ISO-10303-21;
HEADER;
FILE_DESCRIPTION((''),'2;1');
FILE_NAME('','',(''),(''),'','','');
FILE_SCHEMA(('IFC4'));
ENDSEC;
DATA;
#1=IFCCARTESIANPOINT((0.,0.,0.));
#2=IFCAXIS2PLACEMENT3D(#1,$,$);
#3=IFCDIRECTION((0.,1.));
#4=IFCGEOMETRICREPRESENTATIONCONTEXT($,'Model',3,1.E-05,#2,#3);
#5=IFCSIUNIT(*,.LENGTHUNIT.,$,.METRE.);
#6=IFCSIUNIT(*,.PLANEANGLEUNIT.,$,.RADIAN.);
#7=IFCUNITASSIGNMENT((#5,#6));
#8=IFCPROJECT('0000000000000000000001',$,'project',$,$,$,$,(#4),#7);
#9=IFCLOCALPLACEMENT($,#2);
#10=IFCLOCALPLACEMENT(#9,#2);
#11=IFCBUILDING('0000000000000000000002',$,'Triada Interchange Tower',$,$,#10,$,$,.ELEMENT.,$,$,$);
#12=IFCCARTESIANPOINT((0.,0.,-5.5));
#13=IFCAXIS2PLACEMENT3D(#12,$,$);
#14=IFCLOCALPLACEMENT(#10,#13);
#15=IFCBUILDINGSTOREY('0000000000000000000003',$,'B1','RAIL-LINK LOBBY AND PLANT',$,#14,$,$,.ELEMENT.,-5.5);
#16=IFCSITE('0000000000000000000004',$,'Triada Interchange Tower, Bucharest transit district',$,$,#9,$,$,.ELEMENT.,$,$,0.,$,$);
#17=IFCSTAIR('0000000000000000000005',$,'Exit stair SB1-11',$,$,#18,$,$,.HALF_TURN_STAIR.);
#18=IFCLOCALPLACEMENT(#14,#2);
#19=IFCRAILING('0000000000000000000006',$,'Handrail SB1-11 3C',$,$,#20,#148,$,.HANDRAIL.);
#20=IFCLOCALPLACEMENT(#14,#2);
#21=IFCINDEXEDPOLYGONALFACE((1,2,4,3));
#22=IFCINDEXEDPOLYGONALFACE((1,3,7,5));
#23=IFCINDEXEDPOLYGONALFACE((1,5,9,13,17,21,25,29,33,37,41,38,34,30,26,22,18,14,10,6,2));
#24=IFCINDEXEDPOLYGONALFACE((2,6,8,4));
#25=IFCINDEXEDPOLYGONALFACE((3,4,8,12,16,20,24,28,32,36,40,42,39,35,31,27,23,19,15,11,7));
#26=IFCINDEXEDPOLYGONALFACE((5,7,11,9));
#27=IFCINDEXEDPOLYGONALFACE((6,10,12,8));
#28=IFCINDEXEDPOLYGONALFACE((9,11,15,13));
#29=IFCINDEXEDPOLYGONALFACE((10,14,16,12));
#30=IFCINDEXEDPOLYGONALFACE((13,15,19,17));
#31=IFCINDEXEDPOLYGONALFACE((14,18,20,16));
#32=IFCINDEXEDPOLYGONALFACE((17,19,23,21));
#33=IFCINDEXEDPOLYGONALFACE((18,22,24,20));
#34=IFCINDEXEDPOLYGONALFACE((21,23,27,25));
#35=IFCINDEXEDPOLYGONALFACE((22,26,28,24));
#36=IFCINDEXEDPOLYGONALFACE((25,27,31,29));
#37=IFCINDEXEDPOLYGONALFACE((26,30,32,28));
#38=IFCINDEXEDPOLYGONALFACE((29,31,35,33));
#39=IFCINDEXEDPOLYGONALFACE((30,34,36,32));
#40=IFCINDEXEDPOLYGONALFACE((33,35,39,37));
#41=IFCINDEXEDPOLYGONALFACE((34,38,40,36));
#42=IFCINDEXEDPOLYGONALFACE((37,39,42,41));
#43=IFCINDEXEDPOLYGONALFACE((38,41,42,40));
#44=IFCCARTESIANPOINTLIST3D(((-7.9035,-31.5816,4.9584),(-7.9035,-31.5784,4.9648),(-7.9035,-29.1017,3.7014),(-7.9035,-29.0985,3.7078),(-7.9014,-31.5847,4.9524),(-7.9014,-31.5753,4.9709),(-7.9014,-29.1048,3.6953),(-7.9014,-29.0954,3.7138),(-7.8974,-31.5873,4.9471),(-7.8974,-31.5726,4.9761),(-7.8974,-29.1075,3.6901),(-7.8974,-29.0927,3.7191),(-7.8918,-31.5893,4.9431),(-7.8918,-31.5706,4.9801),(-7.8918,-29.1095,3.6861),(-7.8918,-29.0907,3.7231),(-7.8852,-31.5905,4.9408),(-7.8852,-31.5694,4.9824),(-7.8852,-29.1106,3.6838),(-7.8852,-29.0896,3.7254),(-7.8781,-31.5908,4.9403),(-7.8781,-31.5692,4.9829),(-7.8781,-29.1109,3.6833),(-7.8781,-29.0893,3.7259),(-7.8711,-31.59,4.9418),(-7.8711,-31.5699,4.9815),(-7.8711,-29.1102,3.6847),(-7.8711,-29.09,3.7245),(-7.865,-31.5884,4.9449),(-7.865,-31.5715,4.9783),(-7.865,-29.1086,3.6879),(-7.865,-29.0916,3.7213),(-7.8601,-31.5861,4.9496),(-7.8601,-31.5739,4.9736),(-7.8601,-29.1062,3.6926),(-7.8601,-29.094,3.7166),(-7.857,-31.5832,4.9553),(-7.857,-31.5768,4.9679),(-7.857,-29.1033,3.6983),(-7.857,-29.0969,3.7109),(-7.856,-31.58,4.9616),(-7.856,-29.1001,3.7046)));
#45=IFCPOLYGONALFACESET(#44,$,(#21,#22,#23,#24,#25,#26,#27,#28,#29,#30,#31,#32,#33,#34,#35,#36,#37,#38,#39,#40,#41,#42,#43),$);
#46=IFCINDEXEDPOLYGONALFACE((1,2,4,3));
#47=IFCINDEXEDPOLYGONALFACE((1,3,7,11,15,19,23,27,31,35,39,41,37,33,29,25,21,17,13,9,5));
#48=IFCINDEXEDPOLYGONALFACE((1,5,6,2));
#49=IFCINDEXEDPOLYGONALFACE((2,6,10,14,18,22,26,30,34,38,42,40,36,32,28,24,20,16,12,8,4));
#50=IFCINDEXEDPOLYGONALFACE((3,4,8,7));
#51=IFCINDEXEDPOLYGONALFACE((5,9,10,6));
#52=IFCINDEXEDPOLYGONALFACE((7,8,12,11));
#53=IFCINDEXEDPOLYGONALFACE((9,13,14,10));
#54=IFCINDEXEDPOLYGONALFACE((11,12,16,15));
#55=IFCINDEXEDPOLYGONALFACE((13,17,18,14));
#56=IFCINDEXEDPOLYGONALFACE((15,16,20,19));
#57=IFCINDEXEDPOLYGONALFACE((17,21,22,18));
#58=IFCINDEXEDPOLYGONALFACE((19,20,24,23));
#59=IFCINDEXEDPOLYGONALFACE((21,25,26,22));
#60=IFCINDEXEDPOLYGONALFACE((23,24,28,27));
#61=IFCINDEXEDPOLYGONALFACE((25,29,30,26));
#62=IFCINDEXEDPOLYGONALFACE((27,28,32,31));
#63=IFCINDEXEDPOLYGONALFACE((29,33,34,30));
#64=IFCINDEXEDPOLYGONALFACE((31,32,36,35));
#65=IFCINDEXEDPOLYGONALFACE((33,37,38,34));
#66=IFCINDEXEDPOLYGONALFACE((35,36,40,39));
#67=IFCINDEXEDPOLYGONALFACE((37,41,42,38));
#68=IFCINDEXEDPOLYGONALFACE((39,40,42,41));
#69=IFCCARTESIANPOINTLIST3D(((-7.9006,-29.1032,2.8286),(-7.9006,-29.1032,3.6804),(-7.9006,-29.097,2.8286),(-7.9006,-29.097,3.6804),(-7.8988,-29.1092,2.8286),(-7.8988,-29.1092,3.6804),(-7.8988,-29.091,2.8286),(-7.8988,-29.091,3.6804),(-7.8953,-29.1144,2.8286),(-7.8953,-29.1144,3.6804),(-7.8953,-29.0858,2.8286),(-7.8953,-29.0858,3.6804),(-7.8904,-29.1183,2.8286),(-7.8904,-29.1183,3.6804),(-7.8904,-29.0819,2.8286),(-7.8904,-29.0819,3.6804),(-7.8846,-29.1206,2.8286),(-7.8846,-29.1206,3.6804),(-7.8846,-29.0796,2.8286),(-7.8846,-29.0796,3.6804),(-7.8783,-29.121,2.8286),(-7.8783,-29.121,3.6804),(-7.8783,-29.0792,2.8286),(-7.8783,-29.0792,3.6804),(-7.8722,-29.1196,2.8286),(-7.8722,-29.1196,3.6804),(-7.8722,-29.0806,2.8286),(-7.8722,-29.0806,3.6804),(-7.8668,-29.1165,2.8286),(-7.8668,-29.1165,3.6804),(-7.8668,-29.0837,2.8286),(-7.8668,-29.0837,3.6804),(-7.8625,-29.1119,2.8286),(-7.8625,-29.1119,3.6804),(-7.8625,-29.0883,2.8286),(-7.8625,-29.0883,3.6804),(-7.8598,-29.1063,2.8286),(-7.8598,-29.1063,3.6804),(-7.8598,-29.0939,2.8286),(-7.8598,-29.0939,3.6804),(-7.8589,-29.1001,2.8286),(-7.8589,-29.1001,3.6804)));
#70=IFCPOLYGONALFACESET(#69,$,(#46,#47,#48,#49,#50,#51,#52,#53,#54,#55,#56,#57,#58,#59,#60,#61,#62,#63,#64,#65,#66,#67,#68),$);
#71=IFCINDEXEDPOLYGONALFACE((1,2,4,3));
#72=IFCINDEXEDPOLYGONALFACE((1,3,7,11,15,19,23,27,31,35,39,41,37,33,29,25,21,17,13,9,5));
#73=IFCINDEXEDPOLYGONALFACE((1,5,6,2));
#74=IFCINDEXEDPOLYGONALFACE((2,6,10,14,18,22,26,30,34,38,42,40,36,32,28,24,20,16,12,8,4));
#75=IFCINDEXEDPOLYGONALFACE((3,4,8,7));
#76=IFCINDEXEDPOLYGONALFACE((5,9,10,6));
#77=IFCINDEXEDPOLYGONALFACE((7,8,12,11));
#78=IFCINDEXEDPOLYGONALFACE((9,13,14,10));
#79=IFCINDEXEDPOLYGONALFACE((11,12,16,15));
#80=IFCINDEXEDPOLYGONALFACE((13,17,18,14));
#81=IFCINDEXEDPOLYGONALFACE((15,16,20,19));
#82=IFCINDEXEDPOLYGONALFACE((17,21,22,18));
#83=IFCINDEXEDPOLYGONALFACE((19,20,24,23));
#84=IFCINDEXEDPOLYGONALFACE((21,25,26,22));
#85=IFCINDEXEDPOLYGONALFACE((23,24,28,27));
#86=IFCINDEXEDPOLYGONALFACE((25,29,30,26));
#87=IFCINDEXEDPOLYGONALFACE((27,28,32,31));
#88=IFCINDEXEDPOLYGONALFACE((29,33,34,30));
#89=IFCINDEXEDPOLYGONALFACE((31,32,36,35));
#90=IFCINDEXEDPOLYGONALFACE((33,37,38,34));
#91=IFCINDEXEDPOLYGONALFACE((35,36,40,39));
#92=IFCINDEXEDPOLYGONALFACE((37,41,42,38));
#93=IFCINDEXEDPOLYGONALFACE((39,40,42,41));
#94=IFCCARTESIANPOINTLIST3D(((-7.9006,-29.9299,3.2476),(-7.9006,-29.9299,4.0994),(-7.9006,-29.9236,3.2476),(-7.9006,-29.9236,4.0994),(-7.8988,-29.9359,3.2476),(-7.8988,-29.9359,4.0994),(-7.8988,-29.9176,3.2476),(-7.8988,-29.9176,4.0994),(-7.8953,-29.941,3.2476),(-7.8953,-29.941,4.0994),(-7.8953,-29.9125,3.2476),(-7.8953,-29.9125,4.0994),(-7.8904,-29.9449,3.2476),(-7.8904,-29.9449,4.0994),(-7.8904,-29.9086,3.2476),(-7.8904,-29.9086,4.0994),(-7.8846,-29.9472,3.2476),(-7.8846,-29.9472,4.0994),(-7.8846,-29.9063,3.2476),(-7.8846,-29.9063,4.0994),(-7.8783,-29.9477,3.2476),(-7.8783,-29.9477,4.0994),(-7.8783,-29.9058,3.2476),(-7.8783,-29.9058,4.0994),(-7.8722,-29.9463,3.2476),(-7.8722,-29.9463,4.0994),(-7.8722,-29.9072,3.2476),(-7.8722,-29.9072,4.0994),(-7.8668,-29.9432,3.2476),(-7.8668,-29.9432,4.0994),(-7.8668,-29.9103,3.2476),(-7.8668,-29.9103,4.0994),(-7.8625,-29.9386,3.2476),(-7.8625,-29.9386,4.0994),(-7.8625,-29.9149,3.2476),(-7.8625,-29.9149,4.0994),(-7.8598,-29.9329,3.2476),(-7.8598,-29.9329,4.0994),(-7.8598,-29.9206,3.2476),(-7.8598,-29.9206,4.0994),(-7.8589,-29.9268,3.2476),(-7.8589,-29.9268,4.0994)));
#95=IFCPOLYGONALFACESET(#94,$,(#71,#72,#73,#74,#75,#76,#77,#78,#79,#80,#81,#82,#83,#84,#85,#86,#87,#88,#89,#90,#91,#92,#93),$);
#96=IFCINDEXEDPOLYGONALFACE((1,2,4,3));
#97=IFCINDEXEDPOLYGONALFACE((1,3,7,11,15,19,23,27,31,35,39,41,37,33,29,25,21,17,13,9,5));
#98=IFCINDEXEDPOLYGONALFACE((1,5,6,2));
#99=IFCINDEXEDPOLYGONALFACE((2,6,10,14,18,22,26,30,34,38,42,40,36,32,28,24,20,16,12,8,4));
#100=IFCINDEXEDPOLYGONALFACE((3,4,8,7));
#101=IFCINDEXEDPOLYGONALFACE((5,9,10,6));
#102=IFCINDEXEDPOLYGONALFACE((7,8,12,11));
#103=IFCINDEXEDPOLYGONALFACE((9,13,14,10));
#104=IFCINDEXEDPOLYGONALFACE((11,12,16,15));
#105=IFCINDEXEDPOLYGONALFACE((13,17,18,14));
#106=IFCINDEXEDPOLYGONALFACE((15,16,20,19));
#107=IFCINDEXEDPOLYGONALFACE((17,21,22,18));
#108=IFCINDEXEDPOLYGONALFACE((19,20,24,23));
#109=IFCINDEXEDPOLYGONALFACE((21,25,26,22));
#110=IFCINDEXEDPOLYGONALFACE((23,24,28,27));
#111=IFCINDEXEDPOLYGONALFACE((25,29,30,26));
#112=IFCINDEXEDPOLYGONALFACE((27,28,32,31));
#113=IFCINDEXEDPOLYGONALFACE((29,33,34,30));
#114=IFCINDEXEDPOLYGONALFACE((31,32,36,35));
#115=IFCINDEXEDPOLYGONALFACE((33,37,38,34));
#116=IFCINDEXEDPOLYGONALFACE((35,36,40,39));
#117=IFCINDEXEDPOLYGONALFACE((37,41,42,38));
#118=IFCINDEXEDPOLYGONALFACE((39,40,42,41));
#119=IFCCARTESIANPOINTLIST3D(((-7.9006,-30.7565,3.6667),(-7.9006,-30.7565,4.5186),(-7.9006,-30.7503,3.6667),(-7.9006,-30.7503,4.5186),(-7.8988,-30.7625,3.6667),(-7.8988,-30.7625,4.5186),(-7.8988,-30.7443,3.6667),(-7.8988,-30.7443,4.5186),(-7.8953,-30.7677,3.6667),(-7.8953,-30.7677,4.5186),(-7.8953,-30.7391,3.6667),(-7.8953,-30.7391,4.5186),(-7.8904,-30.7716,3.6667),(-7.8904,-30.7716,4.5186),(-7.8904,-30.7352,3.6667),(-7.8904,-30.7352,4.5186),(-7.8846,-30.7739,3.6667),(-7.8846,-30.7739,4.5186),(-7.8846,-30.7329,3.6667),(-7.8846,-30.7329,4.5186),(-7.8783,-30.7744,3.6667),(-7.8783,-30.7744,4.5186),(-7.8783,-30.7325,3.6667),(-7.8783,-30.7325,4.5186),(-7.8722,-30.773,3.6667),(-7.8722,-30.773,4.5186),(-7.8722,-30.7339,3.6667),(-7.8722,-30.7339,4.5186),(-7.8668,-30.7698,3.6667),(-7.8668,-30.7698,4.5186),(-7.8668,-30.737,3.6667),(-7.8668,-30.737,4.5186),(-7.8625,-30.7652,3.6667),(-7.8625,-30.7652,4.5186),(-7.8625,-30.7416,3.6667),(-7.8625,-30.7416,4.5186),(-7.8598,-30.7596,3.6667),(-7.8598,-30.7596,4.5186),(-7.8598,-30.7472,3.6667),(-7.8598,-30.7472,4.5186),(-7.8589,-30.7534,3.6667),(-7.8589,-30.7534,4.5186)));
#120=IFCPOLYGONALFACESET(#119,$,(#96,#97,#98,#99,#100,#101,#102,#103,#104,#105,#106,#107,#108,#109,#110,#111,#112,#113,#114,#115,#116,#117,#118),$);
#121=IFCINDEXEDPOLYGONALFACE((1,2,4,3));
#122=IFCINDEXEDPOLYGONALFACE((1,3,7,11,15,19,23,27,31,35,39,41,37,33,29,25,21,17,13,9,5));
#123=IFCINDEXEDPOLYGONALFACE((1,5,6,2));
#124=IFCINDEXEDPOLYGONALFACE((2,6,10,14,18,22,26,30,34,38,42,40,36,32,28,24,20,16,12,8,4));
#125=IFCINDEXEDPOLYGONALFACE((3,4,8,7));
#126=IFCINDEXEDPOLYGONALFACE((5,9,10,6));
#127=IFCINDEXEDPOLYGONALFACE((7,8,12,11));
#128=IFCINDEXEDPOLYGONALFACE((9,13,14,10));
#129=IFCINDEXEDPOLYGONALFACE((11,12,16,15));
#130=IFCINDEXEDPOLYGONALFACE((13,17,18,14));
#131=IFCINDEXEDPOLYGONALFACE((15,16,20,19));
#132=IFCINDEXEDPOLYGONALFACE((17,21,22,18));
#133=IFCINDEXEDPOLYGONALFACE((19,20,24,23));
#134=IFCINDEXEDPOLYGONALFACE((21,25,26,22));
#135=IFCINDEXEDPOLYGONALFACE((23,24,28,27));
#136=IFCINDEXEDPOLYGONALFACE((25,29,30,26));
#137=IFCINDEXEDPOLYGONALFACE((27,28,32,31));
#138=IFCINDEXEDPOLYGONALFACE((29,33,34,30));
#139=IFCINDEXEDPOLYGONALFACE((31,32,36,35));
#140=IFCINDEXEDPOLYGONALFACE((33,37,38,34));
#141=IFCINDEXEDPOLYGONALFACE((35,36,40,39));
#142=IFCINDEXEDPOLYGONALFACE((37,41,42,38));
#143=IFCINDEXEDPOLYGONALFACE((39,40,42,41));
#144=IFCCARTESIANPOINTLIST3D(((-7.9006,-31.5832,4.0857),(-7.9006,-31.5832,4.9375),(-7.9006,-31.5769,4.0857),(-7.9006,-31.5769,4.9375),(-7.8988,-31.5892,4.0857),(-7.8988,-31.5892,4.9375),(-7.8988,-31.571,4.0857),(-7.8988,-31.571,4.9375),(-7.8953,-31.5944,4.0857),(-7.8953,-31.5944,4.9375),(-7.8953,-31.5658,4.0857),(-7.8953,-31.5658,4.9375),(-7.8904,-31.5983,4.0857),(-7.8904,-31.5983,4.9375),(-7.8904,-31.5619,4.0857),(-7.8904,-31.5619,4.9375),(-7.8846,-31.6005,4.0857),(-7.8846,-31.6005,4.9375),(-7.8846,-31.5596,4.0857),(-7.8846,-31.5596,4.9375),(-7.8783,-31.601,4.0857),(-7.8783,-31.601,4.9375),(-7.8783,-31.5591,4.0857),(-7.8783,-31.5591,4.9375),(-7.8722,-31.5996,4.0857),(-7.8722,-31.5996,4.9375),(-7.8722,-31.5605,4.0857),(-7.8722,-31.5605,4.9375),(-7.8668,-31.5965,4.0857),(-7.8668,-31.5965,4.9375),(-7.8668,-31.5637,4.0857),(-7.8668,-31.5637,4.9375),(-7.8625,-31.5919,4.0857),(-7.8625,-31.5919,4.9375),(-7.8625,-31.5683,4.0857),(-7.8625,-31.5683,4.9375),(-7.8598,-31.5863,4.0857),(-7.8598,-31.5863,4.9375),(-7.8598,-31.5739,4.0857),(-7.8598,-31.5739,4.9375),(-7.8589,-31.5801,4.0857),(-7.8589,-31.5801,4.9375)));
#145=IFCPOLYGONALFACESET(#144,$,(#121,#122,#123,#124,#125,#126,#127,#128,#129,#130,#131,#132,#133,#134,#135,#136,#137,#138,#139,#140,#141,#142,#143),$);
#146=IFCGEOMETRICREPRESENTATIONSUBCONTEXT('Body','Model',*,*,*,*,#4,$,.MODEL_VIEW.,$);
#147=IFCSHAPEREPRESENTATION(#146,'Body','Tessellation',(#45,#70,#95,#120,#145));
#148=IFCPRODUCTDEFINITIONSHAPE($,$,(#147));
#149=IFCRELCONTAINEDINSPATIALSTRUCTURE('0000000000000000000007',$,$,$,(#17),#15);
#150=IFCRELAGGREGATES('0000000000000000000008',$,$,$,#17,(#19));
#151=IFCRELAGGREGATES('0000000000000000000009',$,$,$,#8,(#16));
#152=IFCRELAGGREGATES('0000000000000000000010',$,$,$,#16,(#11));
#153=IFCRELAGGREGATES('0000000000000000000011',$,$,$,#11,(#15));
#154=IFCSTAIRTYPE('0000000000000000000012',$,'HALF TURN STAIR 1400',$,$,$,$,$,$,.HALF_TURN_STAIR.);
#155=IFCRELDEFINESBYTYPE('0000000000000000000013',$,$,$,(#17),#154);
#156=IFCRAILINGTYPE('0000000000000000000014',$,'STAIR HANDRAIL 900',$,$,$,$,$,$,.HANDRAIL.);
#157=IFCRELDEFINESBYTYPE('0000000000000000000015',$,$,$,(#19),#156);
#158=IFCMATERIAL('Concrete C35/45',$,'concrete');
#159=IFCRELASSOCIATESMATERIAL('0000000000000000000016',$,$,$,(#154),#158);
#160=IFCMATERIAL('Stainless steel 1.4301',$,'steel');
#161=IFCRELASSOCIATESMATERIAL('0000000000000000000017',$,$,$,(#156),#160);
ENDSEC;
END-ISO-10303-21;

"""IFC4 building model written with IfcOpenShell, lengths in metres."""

from ifc_helpers import new_model, si_unit, direction, frame, origin, origin_2d, place, context, subcontext, project, spatial, circle, extrude, material, type_object, element, aggregate, save


model = new_model("IFC4")

# Units and contexts
model_context = context("Model", 3, precision=1e-05, world=origin(), true_north=direction((0.0, 1.0)))
body_context = subcontext(model_context, "Body", "Model", "MODEL_VIEW")
ifc_project = project(units=[si_unit("LENGTHUNIT", "METRE"), si_unit("PLANEANGLEUNIT", "RADIAN")], contexts=[model_context])

# Site, building, storey
site_placement = place(None, origin())
site = spatial("IfcSite", under=ifc_project, at=site_placement, Name="Triada Interchange Tower, Bucharest transit district", CompositionType="ELEMENT", RefElevation=0.0)
building_placement = place(site_placement, origin())
building = spatial("IfcBuilding", under=site, at=building_placement, Name="Triada Interchange Tower", CompositionType="ELEMENT")
storey_placement = place(building_placement, frame((0.0, 0.0, -5.5)))
storey = spatial("IfcBuildingStorey", under=building, at=storey_placement, Name="B1", Description="RAIL-LINK LOBBY AND PLANT", CompositionType="ELEMENT", Elevation=-5.5)

# Shared definitions
ifc_material_1 = material(Name="Concrete C35/45", Category="concrete")

# Stair, railing
stair_type = type_object("IfcStairType", Name="HALF TURN STAIR 1400", PredefinedType="HALF_TURN_STAIR", material=ifc_material_1)
stair_placement = place(storey_placement, origin())
stair = element("IfcStair", 1, at=stair_placement, inside=storey, type_object=stair_type, Name="Exit stair SB1-11", PredefinedType="HALF_TURN_STAIR")
ifc_material_2 = material(Name="Stainless steel 1.4301", Category="steel")
railing_type_1 = type_object("IfcRailingType", Name="STAIR HANDRAIL 900", PredefinedType="HANDRAIL", material=ifc_material_2)
railing_1_placement = place(storey_placement, frame((-7.8799, -29.1001, 2.8286)))
railing_1 = element("IfcRailing", 2, at=railing_1_placement, type_object=railing_type_1, Name="Handrail SB1-11 3C", PredefinedType="HANDRAIL", context=body_context, shape_type="SweptSolid", body=[
    extrude(circle(Radius=0.0239, at=origin_2d()), frame((0.0, 0.0, 0.876), z_axis=(0.0, -0.891955, 0.452124), x_axis=(1.0, 0.0, 0.0)), (0.0, 0.0, 1.0), 2.7803),
    extrude(circle(Radius=0.021, at=origin_2d()), origin(), (0.0, 0.0, 1.0), 0.8518),
    extrude(circle(Radius=0.021, at=origin_2d()), frame((0.0, -0.8267, 0.4189)), (0.0, 0.0, 1.0), 0.8518),
    extrude(circle(Radius=0.021, at=origin_2d()), frame((0.0, -1.6533, 0.8381)), (0.0, 0.0, 1.0), 0.8518),
    extrude(circle(Radius=0.021, at=origin_2d()), frame((0.0, -2.48, 1.2571)), (0.0, 0.0, 1.0), 0.8518),
])
aggregate(stair, [railing_1])

save(model, "model.ifc")
